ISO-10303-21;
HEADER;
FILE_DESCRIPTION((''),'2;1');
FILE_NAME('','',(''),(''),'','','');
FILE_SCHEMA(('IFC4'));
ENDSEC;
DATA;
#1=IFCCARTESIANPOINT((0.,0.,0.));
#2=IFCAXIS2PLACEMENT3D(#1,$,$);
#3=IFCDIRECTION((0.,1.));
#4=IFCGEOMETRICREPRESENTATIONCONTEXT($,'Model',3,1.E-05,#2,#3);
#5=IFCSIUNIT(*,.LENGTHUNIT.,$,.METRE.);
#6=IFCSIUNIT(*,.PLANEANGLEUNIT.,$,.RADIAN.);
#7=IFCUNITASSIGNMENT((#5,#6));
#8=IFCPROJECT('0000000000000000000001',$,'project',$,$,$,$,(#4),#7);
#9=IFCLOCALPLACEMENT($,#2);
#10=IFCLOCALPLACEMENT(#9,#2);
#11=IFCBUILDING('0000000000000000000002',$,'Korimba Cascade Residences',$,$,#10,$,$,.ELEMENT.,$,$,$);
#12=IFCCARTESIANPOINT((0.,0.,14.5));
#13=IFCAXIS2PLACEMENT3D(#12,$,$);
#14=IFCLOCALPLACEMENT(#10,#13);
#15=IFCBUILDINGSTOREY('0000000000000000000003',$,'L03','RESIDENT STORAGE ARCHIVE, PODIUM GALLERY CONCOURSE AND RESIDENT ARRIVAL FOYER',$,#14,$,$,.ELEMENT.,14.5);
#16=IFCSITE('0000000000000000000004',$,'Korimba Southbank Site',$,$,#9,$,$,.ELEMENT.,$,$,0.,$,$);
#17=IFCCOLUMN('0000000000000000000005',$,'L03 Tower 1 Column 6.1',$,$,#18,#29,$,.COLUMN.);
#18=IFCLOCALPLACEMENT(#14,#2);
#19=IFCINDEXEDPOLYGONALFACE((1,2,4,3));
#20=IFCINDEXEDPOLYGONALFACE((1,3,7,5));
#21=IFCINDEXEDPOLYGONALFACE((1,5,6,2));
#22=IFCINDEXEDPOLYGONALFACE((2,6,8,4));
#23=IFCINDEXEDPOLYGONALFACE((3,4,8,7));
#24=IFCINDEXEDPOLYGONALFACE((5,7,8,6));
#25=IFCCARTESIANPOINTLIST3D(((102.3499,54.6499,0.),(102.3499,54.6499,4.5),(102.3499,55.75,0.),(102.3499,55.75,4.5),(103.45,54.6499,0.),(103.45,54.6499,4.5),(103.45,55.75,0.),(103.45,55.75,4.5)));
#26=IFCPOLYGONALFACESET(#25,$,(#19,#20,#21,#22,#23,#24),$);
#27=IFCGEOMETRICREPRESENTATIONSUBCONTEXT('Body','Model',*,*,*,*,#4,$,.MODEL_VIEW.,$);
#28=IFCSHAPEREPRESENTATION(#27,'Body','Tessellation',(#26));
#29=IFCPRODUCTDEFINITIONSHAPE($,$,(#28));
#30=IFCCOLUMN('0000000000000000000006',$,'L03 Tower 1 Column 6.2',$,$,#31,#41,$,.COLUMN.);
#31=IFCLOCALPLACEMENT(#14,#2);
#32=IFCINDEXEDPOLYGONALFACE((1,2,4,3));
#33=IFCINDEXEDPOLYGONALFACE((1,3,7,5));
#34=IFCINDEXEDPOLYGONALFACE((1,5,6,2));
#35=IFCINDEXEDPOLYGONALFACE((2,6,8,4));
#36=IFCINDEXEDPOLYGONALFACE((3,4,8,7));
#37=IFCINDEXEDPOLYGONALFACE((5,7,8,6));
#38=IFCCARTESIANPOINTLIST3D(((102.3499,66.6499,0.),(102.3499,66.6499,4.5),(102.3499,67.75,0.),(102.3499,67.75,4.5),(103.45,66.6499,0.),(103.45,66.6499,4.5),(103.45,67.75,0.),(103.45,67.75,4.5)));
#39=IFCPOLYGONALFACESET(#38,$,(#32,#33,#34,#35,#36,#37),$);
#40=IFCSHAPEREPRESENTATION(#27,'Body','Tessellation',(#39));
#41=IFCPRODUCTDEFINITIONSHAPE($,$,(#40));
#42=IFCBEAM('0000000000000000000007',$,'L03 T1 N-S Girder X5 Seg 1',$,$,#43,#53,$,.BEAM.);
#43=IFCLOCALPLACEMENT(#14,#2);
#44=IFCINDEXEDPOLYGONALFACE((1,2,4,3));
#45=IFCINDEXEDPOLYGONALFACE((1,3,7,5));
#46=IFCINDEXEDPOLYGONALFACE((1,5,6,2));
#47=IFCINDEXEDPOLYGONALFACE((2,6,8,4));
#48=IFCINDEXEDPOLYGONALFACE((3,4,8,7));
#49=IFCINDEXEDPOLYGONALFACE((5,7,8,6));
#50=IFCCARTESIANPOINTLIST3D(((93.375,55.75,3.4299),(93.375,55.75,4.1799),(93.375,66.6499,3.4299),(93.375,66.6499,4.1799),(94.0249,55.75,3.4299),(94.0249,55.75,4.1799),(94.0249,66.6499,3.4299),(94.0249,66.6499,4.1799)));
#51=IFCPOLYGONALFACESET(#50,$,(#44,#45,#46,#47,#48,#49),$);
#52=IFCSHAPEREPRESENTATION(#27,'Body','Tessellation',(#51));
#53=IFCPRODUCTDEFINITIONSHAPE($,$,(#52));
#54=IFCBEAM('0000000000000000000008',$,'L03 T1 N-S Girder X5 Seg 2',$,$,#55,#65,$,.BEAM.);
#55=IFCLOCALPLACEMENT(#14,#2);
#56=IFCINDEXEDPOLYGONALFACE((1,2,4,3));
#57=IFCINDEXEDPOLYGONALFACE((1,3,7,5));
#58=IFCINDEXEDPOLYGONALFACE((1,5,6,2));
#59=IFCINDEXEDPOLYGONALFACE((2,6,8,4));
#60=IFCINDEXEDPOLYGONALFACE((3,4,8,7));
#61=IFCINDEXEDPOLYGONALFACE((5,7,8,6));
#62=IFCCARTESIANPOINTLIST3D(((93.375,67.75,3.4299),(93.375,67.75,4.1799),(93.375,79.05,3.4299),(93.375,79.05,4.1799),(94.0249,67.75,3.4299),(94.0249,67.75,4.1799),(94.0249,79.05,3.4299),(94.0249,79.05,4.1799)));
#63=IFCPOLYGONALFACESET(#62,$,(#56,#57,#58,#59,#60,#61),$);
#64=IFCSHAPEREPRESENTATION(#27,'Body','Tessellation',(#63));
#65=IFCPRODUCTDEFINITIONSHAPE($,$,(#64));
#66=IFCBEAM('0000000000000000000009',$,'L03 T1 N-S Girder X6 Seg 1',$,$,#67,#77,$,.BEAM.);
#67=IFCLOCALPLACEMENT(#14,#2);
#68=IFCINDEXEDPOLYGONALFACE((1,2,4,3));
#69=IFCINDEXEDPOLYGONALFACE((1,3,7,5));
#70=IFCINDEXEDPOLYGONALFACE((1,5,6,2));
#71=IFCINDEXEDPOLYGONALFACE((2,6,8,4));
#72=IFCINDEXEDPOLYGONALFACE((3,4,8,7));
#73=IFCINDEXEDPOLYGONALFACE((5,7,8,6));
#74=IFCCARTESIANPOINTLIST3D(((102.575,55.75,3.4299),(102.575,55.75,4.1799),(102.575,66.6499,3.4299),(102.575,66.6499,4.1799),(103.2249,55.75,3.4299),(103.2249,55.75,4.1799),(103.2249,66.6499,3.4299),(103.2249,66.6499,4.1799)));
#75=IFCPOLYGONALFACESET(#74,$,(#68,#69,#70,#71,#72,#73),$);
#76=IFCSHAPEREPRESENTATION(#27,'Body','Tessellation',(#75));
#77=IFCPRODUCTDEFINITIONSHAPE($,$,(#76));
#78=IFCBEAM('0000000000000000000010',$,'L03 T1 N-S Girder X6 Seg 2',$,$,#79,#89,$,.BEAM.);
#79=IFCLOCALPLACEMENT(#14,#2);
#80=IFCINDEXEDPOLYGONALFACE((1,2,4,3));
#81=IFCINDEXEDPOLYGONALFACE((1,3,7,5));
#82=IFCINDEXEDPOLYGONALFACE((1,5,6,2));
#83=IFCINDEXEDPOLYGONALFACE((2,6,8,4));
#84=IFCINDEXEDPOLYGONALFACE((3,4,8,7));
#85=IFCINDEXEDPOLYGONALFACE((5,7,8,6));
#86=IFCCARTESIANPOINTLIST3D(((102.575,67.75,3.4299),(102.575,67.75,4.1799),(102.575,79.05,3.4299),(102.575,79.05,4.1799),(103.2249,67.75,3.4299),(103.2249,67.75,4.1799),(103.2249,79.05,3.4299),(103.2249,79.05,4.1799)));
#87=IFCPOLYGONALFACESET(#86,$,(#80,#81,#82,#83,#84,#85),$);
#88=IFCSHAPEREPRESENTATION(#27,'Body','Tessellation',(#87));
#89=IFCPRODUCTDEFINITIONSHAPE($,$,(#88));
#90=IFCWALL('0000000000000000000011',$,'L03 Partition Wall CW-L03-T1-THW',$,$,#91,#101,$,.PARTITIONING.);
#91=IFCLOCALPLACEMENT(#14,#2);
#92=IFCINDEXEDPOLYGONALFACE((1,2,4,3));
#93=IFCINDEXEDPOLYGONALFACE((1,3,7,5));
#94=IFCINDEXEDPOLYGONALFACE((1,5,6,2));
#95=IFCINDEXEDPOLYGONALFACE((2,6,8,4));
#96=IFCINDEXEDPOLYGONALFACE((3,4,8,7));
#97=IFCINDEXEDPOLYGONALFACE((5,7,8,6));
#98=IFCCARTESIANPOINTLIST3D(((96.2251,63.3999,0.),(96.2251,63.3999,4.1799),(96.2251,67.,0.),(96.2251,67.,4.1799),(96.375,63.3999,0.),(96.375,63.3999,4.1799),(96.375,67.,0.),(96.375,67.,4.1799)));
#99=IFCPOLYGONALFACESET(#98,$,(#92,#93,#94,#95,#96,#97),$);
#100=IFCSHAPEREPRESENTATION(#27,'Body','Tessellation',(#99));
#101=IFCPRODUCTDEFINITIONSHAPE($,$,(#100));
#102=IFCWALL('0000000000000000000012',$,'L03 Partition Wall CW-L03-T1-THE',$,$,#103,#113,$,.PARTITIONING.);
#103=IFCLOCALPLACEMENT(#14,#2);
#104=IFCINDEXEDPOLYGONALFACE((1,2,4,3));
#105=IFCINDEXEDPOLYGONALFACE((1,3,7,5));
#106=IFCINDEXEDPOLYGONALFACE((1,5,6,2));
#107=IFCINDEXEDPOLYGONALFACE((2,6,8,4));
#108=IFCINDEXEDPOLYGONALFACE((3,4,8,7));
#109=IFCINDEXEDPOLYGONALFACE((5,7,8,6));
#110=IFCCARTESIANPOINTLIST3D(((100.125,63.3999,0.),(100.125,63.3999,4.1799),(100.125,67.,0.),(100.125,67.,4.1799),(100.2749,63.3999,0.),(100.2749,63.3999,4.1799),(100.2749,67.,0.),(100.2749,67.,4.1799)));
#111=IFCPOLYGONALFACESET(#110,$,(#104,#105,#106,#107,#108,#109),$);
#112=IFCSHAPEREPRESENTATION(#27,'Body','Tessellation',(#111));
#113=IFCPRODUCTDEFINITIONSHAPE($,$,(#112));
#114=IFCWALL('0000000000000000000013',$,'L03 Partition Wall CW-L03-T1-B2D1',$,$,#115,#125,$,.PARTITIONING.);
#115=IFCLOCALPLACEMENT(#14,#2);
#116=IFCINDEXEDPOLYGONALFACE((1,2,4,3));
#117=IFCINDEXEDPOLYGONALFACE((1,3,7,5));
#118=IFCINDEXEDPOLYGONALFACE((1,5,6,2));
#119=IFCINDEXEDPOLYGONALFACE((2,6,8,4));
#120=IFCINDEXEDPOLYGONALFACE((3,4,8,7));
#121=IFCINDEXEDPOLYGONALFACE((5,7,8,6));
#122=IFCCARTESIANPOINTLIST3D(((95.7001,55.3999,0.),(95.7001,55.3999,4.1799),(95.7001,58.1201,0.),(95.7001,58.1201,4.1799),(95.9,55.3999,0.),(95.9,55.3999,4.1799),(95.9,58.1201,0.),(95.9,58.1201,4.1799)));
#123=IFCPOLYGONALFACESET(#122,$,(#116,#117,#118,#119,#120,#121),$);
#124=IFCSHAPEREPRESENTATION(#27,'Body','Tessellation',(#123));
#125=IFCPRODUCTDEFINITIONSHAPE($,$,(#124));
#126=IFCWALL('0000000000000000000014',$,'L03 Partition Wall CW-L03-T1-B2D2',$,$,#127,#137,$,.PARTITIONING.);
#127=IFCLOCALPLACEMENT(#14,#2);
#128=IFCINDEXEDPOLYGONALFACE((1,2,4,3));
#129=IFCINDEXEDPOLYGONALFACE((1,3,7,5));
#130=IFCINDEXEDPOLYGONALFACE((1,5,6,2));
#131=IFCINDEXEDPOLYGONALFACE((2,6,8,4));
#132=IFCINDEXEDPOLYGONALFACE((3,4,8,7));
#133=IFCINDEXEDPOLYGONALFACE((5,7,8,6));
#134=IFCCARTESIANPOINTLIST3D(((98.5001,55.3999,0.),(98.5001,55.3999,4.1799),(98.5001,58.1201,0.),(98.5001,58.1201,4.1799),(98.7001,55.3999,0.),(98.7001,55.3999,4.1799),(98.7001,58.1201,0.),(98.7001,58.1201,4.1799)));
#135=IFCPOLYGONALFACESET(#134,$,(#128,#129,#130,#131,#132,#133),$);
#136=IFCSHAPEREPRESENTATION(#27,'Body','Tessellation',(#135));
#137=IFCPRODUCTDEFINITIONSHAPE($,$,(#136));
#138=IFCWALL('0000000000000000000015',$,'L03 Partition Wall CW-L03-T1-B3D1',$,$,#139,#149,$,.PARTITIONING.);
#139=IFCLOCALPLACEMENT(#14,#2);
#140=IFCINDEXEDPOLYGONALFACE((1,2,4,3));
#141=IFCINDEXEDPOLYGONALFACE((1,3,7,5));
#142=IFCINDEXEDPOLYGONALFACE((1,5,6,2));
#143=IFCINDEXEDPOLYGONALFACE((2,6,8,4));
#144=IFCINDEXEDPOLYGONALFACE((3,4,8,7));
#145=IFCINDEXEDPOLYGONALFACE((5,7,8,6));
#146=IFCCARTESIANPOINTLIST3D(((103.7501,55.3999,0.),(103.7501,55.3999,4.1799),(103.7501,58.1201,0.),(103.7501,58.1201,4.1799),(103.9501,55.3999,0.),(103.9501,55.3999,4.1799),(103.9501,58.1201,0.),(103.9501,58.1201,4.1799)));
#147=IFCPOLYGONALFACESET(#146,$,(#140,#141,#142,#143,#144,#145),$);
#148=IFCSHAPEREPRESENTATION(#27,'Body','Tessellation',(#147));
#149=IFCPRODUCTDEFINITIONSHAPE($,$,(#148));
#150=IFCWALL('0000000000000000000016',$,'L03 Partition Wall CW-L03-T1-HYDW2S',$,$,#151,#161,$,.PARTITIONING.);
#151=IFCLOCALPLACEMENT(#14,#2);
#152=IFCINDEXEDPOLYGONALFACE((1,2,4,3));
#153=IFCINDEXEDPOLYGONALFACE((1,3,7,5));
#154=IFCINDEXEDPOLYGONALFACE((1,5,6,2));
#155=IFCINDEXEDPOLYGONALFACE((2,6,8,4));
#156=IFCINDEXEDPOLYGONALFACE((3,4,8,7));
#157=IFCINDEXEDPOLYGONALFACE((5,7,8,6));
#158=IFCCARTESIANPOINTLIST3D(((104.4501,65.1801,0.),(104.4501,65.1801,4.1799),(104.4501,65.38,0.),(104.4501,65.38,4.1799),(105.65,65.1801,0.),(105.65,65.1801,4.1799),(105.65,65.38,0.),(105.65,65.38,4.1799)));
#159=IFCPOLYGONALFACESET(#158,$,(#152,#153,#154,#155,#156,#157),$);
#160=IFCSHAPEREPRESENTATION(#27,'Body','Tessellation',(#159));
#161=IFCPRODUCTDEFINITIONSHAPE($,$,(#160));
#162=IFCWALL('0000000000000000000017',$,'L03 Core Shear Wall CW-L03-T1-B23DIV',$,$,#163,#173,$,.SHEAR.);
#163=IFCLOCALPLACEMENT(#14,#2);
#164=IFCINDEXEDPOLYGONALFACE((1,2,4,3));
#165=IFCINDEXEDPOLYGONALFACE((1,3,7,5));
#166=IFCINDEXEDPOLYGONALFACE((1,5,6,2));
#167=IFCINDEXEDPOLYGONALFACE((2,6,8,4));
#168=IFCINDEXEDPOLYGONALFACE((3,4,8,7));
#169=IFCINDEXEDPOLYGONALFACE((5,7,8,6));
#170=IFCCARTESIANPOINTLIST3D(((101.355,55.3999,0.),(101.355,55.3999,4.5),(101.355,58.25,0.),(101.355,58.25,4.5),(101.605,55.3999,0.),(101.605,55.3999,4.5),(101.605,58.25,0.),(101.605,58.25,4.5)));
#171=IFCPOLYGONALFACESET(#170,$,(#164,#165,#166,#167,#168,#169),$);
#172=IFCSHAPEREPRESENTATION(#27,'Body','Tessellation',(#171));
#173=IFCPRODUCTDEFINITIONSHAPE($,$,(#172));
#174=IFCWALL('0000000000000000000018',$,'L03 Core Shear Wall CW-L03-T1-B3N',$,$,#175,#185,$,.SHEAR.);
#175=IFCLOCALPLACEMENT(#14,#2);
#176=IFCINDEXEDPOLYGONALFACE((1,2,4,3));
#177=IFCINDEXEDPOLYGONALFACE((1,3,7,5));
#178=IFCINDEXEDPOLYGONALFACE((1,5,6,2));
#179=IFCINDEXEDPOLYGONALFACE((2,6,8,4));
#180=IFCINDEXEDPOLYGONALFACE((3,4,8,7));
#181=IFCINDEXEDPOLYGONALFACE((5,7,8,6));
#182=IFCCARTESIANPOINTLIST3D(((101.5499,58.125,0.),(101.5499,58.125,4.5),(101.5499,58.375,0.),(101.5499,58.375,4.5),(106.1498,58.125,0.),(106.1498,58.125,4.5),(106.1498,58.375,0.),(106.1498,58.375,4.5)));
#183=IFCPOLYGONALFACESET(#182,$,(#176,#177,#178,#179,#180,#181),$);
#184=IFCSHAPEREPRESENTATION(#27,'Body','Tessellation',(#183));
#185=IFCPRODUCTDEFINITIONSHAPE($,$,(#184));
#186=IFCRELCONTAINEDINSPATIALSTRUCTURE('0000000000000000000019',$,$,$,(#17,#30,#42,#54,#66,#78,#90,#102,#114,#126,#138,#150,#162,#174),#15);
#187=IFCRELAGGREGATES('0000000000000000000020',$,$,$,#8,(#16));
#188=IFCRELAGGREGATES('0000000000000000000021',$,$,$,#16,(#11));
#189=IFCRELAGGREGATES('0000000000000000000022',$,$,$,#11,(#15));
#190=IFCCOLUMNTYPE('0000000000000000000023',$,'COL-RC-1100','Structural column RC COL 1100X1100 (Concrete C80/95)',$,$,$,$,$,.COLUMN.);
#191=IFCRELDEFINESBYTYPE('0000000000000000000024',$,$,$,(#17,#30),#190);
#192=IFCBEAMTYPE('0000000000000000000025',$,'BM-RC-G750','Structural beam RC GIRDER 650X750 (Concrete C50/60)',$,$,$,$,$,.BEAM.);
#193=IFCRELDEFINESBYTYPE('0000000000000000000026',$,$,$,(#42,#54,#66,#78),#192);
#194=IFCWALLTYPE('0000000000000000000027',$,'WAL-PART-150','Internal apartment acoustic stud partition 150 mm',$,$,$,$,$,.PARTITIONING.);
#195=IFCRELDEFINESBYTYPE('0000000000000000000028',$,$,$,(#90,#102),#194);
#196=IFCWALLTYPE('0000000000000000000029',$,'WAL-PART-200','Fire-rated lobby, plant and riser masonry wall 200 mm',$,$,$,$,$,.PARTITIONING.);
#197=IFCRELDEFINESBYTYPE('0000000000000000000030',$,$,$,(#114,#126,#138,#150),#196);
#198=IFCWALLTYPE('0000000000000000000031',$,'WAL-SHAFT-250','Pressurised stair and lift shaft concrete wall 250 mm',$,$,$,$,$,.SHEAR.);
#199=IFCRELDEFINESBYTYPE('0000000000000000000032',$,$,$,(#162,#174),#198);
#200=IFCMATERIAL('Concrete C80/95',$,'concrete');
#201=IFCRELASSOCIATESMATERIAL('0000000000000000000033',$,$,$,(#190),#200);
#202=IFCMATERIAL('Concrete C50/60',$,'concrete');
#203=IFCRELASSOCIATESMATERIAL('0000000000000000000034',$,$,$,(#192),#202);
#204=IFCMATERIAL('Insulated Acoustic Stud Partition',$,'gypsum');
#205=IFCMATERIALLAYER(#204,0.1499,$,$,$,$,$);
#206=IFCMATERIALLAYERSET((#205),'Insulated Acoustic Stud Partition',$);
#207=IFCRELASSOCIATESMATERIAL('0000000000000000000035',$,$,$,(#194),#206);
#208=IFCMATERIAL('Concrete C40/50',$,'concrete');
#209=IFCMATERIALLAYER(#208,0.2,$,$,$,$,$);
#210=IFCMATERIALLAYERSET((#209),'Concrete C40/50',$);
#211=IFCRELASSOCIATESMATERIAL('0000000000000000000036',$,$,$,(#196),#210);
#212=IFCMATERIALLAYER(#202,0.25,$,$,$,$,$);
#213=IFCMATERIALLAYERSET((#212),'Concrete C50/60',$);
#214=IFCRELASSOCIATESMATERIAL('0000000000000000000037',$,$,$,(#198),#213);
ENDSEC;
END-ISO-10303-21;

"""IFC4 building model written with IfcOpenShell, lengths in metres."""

from ifc_helpers import new_model, si_unit, direction, frame, frame_2d, origin, origin_2d, place, context, subcontext, project, spatial, rectangle, extrude, material, layer, layer_set, material_profile, profile_set, type_object, element, save


model = new_model("IFC4")

# Units and contexts
model_context = context("Model", 3, precision=1e-05, world=origin(), true_north=direction((0.0, 1.0)))
body_context = subcontext(model_context, "Body", "Model", "MODEL_VIEW")
ifc_project = project(units=[si_unit("LENGTHUNIT", "METRE"), si_unit("PLANEANGLEUNIT", "RADIAN")], contexts=[model_context])

# Site, building, storey
site_placement = place(None, origin())
site = spatial("IfcSite", under=ifc_project, at=site_placement, Name="Korimba Southbank Site", CompositionType="ELEMENT", RefElevation=0.0)
building_placement = place(site_placement, origin())
building = spatial("IfcBuilding", under=site, at=building_placement, Name="Korimba Cascade Residences", CompositionType="ELEMENT")
storey_placement = place(building_placement, frame((0.0, 0.0, 14.5)))
storey = spatial("IfcBuildingStorey", under=building, at=storey_placement, Name="L03", Description="RESIDENT STORAGE ARCHIVE, PODIUM GALLERY CONCOURSE AND RESIDENT ARRIVAL FOYER", CompositionType="ELEMENT", Elevation=14.5)

# Columns
ifc_material_1 = material(Name="Concrete C80/95", Category="concrete")
ifc_material_profile_1 = material_profile(ifc_material_1, rectangle(XDim=1.1001, YDim=1.1001, at=origin_2d()), Name="Concrete C80/95")
ifc_profile_set_1 = profile_set([ifc_material_profile_1], Name="Concrete C80/95")
column_type = type_object("IfcColumnType", Name="COL-RC-1100", Description="Structural column RC COL 1100X1100 (Concrete C80/95)", PredefinedType="COLUMN", material=ifc_profile_set_1)
for number, where, z_axis, x_axis, name in (
    (1, (102.8999, 55.2, 0.0), (0.0, 0.0, 1.0), (1.0, 0.0, 0.0), "L03 Tower 1 Column 6.1"),
    (2, (102.8999, 67.2, 0.0), (0.0, 0.0, 1.0), (1.0, 0.0, 0.0), "L03 Tower 1 Column 6.2"),
):
    element("IfcColumn", number, at=place(storey_placement, frame(where, z_axis=z_axis, x_axis=x_axis)), inside=storey, type_object=column_type, Name=name, PredefinedType="COLUMN", context=body_context, shape_type="SweptSolid", body=[
        extrude(rectangle(XDim=1.1001, YDim=1.1001, at=origin_2d()), origin(), (0.0, 0.0, 1.0), 4.5),
    ])

# Beams
ifc_material_2 = material(Name="Concrete C50/60", Category="concrete")
ifc_material_profile_2 = material_profile(ifc_material_2, rectangle(XDim=0.6499, YDim=0.75, at=origin_2d()), Name="Concrete C50/60")
ifc_profile_set_2 = profile_set([ifc_material_profile_2], Name="Concrete C50/60")
beam_type = type_object("IfcBeamType", Name="BM-RC-G750", Description="Structural beam RC GIRDER 650X750 (Concrete C50/60)", PredefinedType="BEAM", material=ifc_profile_set_2)
beam_1_placement = place(storey_placement, frame((93.7, 55.75, 3.8049), z_axis=(0.0, 1.0, 0.0), x_axis=(-1.0, 0.0, 0.0)))
element("IfcBeam", 3, at=beam_1_placement, inside=storey, type_object=beam_type, Name="L03 T1 N-S Girder X5 Seg 1", PredefinedType="BEAM", context=body_context, shape_type="SweptSolid", body=[
    extrude(rectangle(XDim=0.6499, YDim=0.75, at=origin_2d()), origin(), (0.0, 0.0, 1.0), 10.8999),
])
beam_2_placement = place(storey_placement, frame((93.7, 67.75, 3.8049), z_axis=(0.0, 1.0, 0.0), x_axis=(-1.0, 0.0, 0.0)))
element("IfcBeam", 4, at=beam_2_placement, inside=storey, type_object=beam_type, Name="L03 T1 N-S Girder X5 Seg 2", PredefinedType="BEAM", context=body_context, shape_type="SweptSolid", body=[
    extrude(rectangle(XDim=0.6499, YDim=0.75, at=origin_2d()), origin(), (0.0, 0.0, 1.0), 11.3),
])
beam_3_placement = place(storey_placement, frame((102.8999, 55.75, 3.8049), z_axis=(0.0, 1.0, 0.0), x_axis=(-1.0, 0.0, 0.0)))
element("IfcBeam", 5, at=beam_3_placement, inside=storey, type_object=beam_type, Name="L03 T1 N-S Girder X6 Seg 1", PredefinedType="BEAM", context=body_context, shape_type="SweptSolid", body=[
    extrude(rectangle(XDim=0.6499, YDim=0.75, at=origin_2d()), origin(), (0.0, 0.0, 1.0), 10.8999),
])
beam_4_placement = place(storey_placement, frame((102.8999, 67.75, 3.8049), z_axis=(0.0, 1.0, 0.0), x_axis=(-1.0, 0.0, 0.0)))
element("IfcBeam", 6, at=beam_4_placement, inside=storey, type_object=beam_type, Name="L03 T1 N-S Girder X6 Seg 2", PredefinedType="BEAM", context=body_context, shape_type="SweptSolid", body=[
    extrude(rectangle(XDim=0.6499, YDim=0.75, at=origin_2d()), origin(), (0.0, 0.0, 1.0), 11.3),
])

# Walls
ifc_material_3 = material(Name="Insulated Acoustic Stud Partition", Category="gypsum")
ifc_layer_1 = layer(ifc_material_3, 0.1499)
ifc_layer_set_1 = layer_set([ifc_layer_1], Name="Insulated Acoustic Stud Partition")
wall_type_1 = type_object("IfcWallType", Name="WAL-PART-150", Description="Internal apartment acoustic stud partition 150 mm", PredefinedType="PARTITIONING", material=ifc_layer_set_1)
for number, where, z_axis, x_axis, name in (
    (7, (96.3, 63.3999, 0.0), (0.0, 0.0, 1.0), (0.0, 1.0, 0.0), "L03 Partition Wall CW-L03-T1-THW"),
    (8, (100.2, 63.3999, 0.0), (0.0, 0.0, 1.0), (0.0, 1.0, 0.0), "L03 Partition Wall CW-L03-T1-THE"),
):
    element("IfcWall", number, at=place(storey_placement, frame(where, z_axis=z_axis, x_axis=x_axis)), inside=storey, type_object=wall_type_1, Name=name, PredefinedType="PARTITIONING", context=body_context, shape_type="SweptSolid", body=[
        extrude(rectangle(XDim=3.6001, YDim=0.1499, at=frame_2d((1.8, 0.0))), origin(), (0.0, 0.0, 1.0), 4.1799),
    ])
ifc_material_4 = material(Name="Concrete C40/50", Category="concrete")
ifc_layer_2 = layer(ifc_material_4, 0.2)
ifc_layer_set_2 = layer_set([ifc_layer_2], Name="Concrete C40/50")
wall_type_2 = type_object("IfcWallType", Name="WAL-PART-200", Description="Fire-rated lobby, plant and riser masonry wall 200 mm", PredefinedType="PARTITIONING", material=ifc_layer_set_2)
for number, where, z_axis, x_axis, name in (
    (9, (95.8, 55.3999, 0.0), (0.0, 0.0, 1.0), (0.0, 1.0, 0.0), "L03 Partition Wall CW-L03-T1-B2D1"),
    (10, (98.6001, 55.3999, 0.0), (0.0, 0.0, 1.0), (0.0, 1.0, 0.0), "L03 Partition Wall CW-L03-T1-B2D2"),
    (11, (103.8501, 55.3999, 0.0), (0.0, 0.0, 1.0), (0.0, 1.0, 0.0), "L03 Partition Wall CW-L03-T1-B3D1"),
):
    element("IfcWall", number, at=place(storey_placement, frame(where, z_axis=z_axis, x_axis=x_axis)), inside=storey, type_object=wall_type_2, Name=name, PredefinedType="PARTITIONING", context=body_context, shape_type="SweptSolid", body=[
        extrude(rectangle(XDim=2.7202, YDim=0.2, at=frame_2d((1.3601, 0.0))), origin(), (0.0, 0.0, 1.0), 4.1799),
    ])
wall_1_placement = place(storey_placement, frame((104.45, 65.28, 0.0), z_axis=(0.0, 0.0, 1.0), x_axis=(1.0, 0.0, 0.0)))
element("IfcWall", 12, at=wall_1_placement, inside=storey, type_object=wall_type_2, Name="L03 Partition Wall CW-L03-T1-HYDW2S", PredefinedType="PARTITIONING", context=body_context, shape_type="SweptSolid", body=[
    extrude(rectangle(XDim=1.2, YDim=0.2, at=frame_2d((0.6001, 0.0))), origin(), (0.0, 0.0, 1.0), 4.1799),
])
ifc_layer_3 = layer(ifc_material_2, 0.25)
ifc_layer_set_3 = layer_set([ifc_layer_3], Name="Concrete C50/60")
wall_type_3 = type_object("IfcWallType", Name="WAL-SHAFT-250", Description="Pressurised stair and lift shaft concrete wall 250 mm", PredefinedType="SHEAR", material=ifc_layer_set_3)
wall_2_placement = place(storey_placement, frame((101.48, 55.3999, 0.0), z_axis=(0.0, 0.0, 1.0), x_axis=(0.0, 1.0, 0.0)))
element("IfcWall", 13, at=wall_2_placement, inside=storey, type_object=wall_type_3, Name="L03 Core Shear Wall CW-L03-T1-B23DIV", PredefinedType="SHEAR", context=body_context, shape_type="SweptSolid", body=[
    extrude(rectangle(XDim=2.8501, YDim=0.25, at=frame_2d((1.425, 0.0))), origin(), (0.0, 0.0, 1.0), 4.5),
])
wall_3_placement = place(storey_placement, frame((101.55, 58.25, 0.0), z_axis=(0.0, 0.0, 1.0), x_axis=(1.0, 0.0, 0.0)))
element("IfcWall", 14, at=wall_3_placement, inside=storey, type_object=wall_type_3, Name="L03 Core Shear Wall CW-L03-T1-B3N", PredefinedType="SHEAR", context=body_context, shape_type="SweptSolid", body=[
    extrude(rectangle(XDim=4.5999, YDim=0.25, at=frame_2d((2.2998, 0.0))), origin(), (0.0, 0.0, 1.0), 4.5),
])

save(model, "model.ifc")
